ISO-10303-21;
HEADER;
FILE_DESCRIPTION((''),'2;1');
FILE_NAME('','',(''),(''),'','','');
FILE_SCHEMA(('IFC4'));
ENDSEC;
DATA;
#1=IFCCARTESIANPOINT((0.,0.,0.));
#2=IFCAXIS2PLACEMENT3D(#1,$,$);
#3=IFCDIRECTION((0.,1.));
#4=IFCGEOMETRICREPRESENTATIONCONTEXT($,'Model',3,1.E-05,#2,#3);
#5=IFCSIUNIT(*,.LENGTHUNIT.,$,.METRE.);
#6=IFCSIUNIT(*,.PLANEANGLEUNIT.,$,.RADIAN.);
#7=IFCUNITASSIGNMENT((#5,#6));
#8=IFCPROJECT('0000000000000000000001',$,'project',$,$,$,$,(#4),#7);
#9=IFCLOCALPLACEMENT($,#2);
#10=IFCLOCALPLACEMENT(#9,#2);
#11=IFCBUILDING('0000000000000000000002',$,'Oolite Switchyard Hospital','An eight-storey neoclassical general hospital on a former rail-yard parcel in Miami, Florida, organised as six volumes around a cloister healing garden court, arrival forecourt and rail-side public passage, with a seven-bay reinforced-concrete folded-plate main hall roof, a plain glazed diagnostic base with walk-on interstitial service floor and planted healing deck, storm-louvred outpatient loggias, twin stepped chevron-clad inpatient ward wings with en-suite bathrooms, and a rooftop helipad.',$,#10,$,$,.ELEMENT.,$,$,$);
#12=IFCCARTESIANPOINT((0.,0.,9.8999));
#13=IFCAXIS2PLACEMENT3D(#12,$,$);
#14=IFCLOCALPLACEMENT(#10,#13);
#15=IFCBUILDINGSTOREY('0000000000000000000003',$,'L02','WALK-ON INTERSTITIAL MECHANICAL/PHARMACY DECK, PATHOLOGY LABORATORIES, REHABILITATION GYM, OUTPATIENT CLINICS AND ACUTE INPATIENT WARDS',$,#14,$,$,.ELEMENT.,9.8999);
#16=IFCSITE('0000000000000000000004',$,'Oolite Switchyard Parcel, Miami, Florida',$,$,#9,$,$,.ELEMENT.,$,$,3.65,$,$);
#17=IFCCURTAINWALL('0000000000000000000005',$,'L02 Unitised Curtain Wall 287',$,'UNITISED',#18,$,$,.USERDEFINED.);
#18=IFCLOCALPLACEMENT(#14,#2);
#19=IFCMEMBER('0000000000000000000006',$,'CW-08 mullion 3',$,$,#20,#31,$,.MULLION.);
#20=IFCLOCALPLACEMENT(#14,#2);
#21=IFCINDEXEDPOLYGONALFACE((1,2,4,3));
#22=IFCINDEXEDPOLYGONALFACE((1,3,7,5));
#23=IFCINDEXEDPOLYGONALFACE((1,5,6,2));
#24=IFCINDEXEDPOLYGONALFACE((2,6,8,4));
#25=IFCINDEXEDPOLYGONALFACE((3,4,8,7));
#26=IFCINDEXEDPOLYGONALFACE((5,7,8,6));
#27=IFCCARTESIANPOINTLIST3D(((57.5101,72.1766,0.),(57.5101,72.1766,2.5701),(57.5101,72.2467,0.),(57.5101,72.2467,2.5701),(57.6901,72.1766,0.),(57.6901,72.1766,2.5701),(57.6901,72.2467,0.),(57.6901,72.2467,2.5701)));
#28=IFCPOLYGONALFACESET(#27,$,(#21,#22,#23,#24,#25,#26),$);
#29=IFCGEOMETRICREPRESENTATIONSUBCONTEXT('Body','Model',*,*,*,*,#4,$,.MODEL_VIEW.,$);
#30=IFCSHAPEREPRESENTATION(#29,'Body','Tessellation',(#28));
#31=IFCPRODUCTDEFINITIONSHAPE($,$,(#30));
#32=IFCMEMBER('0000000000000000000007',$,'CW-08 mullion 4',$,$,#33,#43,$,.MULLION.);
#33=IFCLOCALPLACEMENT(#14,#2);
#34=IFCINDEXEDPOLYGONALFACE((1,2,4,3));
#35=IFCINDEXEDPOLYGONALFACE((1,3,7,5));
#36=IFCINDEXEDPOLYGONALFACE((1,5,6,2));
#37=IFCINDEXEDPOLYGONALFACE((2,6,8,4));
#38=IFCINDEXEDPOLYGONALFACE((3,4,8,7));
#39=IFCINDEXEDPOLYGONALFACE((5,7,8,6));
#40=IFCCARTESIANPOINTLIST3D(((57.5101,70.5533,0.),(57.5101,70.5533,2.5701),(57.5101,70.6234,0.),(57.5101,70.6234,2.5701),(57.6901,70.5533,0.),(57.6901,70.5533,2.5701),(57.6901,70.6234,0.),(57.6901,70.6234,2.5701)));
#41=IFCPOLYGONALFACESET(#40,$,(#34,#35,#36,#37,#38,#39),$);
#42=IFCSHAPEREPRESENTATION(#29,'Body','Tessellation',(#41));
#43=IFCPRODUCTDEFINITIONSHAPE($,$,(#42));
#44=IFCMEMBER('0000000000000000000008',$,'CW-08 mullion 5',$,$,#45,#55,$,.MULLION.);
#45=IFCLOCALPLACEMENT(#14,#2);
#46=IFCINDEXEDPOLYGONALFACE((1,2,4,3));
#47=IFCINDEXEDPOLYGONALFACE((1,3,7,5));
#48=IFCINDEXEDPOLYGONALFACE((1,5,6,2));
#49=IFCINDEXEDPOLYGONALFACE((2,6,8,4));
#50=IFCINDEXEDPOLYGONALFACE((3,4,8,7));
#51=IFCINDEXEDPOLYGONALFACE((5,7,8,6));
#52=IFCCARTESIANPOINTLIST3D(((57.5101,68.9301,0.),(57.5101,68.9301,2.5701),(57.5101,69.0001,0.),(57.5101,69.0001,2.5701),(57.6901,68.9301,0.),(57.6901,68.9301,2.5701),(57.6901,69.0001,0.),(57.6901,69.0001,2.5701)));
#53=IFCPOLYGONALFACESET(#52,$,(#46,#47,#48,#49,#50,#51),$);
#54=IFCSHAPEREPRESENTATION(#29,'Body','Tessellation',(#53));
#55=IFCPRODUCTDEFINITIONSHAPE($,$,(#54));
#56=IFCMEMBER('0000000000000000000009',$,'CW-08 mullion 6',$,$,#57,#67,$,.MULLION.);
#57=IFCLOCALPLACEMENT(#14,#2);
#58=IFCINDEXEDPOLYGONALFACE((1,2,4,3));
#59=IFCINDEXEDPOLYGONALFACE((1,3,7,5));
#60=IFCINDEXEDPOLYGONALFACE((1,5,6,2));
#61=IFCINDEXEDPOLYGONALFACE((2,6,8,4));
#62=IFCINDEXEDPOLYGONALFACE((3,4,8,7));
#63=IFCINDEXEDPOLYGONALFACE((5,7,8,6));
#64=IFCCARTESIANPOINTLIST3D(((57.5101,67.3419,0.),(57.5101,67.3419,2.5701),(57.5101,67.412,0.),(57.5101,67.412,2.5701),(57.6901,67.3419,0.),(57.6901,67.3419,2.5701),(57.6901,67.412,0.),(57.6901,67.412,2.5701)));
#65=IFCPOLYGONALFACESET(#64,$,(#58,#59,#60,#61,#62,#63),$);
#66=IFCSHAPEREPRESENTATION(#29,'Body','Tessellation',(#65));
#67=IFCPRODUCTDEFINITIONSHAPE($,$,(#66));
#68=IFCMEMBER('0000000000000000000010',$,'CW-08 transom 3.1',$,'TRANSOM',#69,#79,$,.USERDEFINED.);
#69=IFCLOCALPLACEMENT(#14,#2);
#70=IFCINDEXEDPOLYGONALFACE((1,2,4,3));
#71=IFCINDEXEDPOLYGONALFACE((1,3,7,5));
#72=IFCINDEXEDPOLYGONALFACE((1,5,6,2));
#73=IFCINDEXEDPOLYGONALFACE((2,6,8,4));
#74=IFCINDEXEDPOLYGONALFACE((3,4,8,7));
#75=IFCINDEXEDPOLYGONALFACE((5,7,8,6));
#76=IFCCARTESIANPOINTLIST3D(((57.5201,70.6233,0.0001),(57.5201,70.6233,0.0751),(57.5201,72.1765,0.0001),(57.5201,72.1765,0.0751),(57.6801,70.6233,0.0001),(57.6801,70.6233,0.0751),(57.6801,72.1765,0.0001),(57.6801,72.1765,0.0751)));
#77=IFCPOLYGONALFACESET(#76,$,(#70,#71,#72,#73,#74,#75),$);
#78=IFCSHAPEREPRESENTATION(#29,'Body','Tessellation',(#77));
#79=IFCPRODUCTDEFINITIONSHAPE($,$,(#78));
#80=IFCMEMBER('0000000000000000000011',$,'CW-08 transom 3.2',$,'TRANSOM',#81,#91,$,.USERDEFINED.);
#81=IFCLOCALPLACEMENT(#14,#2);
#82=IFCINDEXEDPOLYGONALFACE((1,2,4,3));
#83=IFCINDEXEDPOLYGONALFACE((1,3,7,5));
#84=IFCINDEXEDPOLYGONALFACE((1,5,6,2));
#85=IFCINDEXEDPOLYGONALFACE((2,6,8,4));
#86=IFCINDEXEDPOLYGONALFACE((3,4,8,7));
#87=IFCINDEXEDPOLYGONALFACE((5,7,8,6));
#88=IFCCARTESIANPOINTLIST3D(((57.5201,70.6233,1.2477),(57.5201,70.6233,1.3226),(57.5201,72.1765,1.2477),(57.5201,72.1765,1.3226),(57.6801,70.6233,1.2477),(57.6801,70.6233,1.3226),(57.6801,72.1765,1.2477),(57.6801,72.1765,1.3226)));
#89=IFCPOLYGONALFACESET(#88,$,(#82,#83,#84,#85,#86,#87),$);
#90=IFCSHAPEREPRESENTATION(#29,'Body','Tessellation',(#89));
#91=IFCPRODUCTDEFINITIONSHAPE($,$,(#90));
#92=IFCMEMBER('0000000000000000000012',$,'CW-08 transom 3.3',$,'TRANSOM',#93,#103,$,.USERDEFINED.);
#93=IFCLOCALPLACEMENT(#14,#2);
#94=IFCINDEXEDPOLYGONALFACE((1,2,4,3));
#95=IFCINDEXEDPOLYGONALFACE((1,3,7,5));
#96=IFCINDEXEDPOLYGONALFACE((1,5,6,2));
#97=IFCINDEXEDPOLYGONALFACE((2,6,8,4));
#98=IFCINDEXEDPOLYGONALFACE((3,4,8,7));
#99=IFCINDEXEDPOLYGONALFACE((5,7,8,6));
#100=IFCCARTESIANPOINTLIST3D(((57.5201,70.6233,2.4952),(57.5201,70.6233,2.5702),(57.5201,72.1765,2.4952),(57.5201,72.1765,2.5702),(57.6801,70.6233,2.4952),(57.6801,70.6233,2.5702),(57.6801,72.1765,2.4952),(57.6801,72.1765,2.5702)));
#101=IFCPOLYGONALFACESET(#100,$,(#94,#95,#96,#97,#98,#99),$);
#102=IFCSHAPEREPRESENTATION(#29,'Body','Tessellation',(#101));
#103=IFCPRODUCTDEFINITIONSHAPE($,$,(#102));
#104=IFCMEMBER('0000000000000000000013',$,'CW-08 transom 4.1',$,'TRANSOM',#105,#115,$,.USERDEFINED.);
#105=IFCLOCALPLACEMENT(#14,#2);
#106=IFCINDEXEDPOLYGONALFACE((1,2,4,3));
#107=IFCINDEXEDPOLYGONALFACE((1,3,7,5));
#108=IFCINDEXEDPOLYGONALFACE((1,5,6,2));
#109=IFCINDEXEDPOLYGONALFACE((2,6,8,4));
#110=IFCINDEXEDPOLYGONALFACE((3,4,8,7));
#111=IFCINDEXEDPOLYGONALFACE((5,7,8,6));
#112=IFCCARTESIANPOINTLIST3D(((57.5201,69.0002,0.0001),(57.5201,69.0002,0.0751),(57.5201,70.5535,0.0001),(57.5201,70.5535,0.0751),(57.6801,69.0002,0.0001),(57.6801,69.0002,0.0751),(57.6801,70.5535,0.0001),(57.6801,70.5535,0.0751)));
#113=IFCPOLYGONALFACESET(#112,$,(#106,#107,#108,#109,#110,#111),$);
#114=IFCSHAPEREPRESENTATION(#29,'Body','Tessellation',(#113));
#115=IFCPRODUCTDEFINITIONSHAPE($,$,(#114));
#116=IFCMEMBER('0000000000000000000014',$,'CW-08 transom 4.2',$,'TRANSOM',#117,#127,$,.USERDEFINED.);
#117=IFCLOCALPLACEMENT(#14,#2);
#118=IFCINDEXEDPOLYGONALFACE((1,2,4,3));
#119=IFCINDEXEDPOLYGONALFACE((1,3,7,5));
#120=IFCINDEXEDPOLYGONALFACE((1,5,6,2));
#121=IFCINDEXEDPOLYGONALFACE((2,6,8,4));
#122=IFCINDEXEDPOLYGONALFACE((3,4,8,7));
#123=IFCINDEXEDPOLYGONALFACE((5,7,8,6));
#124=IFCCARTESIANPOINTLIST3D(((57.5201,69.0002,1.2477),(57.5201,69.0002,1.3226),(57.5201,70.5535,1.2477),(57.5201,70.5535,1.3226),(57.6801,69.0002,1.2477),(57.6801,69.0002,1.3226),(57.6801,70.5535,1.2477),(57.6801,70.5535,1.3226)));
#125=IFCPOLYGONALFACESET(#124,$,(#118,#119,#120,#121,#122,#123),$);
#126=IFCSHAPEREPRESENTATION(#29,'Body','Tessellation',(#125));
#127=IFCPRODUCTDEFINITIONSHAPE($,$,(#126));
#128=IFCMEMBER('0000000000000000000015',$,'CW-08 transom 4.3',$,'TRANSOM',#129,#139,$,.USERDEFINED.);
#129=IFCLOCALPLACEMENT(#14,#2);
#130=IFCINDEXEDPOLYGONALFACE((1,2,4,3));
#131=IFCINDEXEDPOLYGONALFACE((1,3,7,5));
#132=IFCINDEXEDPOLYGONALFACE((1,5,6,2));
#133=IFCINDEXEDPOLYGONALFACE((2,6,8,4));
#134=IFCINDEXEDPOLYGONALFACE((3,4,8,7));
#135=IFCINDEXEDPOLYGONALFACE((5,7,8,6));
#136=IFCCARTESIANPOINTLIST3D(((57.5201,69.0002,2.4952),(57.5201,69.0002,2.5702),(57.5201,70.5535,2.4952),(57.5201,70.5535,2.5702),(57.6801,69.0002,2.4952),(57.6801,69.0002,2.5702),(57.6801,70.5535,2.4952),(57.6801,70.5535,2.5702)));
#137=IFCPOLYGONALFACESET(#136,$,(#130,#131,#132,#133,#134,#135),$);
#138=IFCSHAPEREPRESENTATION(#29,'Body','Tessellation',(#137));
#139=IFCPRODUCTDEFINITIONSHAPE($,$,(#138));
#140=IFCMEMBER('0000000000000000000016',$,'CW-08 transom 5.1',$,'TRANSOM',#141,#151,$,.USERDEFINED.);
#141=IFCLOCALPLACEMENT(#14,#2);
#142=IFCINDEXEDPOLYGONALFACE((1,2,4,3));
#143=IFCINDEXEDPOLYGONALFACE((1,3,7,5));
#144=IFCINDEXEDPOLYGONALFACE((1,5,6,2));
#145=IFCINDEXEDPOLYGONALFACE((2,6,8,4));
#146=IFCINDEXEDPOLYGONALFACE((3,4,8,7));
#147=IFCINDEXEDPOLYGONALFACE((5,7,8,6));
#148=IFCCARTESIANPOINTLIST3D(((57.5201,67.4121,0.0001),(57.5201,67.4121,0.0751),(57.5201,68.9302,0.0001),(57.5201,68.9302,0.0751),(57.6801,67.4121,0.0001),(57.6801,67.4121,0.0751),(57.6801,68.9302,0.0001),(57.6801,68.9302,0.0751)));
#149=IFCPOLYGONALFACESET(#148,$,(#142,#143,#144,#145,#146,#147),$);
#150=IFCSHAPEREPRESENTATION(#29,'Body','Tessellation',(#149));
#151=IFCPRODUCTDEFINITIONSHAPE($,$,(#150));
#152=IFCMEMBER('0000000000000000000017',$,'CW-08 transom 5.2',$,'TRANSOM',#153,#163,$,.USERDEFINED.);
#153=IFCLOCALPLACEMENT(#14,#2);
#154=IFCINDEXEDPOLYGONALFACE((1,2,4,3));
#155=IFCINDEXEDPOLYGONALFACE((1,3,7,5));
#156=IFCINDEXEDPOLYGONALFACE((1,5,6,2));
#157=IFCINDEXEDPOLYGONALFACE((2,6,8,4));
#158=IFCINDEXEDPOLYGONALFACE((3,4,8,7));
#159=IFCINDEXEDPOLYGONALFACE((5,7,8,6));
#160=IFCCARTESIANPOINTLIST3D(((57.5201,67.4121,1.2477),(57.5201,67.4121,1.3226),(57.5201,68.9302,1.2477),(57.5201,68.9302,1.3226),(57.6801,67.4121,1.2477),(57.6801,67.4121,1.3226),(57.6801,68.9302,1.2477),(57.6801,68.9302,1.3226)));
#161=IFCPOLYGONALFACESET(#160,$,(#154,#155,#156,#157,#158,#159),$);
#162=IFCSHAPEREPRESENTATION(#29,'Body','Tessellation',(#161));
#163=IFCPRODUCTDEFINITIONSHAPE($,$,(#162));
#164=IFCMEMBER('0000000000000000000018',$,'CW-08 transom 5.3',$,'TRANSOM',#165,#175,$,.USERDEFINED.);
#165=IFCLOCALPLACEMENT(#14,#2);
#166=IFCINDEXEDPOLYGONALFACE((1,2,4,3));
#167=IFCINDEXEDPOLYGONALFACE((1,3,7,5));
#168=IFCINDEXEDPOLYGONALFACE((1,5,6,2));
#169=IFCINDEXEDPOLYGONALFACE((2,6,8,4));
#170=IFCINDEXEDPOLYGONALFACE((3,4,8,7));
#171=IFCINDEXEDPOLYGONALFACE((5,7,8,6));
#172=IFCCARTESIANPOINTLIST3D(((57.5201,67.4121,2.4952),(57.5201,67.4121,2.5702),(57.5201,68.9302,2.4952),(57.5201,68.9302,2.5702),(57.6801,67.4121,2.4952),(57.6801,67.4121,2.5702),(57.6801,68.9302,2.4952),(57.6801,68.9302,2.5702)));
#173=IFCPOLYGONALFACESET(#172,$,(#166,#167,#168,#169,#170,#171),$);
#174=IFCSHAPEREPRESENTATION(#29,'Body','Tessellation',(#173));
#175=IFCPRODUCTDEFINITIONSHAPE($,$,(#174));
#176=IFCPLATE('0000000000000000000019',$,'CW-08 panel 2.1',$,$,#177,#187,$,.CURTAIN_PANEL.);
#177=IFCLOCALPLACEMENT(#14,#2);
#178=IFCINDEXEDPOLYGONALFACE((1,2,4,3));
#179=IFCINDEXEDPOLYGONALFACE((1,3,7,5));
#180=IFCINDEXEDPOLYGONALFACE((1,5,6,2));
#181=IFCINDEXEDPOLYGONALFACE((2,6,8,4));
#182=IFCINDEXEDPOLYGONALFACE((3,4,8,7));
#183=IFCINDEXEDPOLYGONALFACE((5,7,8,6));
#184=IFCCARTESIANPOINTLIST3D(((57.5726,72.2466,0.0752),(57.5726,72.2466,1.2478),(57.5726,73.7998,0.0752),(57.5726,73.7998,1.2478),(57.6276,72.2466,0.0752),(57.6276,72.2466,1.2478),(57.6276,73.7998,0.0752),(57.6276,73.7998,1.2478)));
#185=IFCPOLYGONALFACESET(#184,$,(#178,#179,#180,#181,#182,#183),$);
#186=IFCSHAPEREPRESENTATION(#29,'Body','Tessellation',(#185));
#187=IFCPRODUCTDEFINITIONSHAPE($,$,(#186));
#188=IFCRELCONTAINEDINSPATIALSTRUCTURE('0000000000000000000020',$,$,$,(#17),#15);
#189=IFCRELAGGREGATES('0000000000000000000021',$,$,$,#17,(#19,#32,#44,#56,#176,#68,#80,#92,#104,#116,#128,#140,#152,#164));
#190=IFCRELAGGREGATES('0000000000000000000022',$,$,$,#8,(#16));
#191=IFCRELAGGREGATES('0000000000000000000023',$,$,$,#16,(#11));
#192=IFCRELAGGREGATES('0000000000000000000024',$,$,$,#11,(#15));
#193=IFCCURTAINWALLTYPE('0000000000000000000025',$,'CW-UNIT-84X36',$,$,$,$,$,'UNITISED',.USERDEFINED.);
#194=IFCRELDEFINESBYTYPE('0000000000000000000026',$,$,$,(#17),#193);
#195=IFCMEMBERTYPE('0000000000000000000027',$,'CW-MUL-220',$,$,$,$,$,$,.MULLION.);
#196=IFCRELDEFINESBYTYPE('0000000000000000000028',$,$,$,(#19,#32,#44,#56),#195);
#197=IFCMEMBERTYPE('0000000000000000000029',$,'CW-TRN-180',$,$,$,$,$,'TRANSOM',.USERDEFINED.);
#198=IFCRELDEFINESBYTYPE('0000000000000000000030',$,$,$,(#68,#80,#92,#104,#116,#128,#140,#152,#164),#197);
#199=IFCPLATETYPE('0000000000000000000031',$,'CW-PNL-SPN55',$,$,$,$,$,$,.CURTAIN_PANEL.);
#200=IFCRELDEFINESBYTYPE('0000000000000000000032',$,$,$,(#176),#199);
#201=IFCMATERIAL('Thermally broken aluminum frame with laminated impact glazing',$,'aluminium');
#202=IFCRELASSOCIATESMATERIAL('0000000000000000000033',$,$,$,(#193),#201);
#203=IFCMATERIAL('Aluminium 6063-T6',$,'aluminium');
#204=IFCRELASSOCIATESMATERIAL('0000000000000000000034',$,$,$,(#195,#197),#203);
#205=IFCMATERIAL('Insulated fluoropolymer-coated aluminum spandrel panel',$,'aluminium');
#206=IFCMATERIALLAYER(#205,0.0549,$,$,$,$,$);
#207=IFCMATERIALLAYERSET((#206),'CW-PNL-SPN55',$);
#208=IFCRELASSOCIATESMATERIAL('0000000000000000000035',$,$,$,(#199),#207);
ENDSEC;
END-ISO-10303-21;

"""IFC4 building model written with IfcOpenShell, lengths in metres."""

from ifc_helpers import new_model, si_unit, direction, frame, origin, origin_2d, place, context, subcontext, project, spatial, rectangle, extrude, material, layer, layer_set, material_profile, profile_set, type_object, element, aggregate, save


model = new_model("IFC4")

# Units and contexts
model_context = context("Model", 3, precision=1e-05, world=origin(), true_north=direction((0.0, 1.0)))
body_context = subcontext(model_context, "Body", "Model", "MODEL_VIEW")
ifc_project = project(units=[si_unit("LENGTHUNIT", "METRE"), si_unit("PLANEANGLEUNIT", "RADIAN")], contexts=[model_context])

# Site, building, storey
site_placement = place(None, origin())
site = spatial("IfcSite", under=ifc_project, at=site_placement, Name="Oolite Switchyard Parcel, Miami, Florida", CompositionType="ELEMENT", RefElevation=3.65)
building_placement = place(site_placement, origin())
building = spatial("IfcBuilding", under=site, at=building_placement, Name="Oolite Switchyard Hospital", Description="An eight-storey neoclassical general hospital on a former rail-yard parcel in Miami, Florida, organised as six volumes around a cloister healing garden court, arrival forecourt and rail-side public passage, with a seven-bay reinforced-concrete folded-plate main hall roof, a plain glazed diagnostic base with walk-on interstitial service floor and planted healing deck, storm-louvred outpatient loggias, twin stepped chevron-clad inpatient ward wings with en-suite bathrooms, and a rooftop helipad.", CompositionType="ELEMENT")
storey_placement = place(building_placement, frame((0.0, 0.0, 9.8999)))
storey = spatial("IfcBuildingStorey", under=building, at=storey_placement, Name="L02", Description="WALK-ON INTERSTITIAL MECHANICAL/PHARMACY DECK, PATHOLOGY LABORATORIES, REHABILITATION GYM, OUTPATIENT CLINICS AND ACUTE INPATIENT WARDS", CompositionType="ELEMENT", Elevation=9.8999)

# Curtain wall, members, plate
ifc_material_1 = material(Name="Thermally broken aluminum frame with laminated impact glazing", Category="aluminium")
curtain_wall_type = type_object("IfcCurtainWallType", Name="CW-UNIT-84X36", ElementType="UNITISED", PredefinedType="USERDEFINED", material=ifc_material_1)
curtain_wall_placement = place(storey_placement, origin())
curtain_wall = element("IfcCurtainWall", 1, at=curtain_wall_placement, inside=storey, type_object=curtain_wall_type, Name="L02 Unitised Curtain Wall 287", ObjectType="UNITISED", PredefinedType="USERDEFINED")
ifc_material_2 = material(Name="Aluminium 6063-T6", Category="aluminium")
ifc_material_profile_1 = material_profile(ifc_material_2, rectangle(XDim=0.1799, YDim=0.0701, at=origin_2d()), Name="CWM70X180")
ifc_profile_set_1 = profile_set([ifc_material_profile_1], Name="Aluminium 6063-T6")
member_type_1 = type_object("IfcMemberType", Name="CW-MUL-220", PredefinedType="MULLION", material=ifc_profile_set_1)
member_1_placement = place(storey_placement, frame((57.6001, 72.2117, 0.0), z_axis=(0.0, 0.0, 1.0), x_axis=(1.0, 0.0, 0.0)))
member_1 = element("IfcMember", 2, at=member_1_placement, type_object=member_type_1, Name="CW-08 mullion 3", PredefinedType="MULLION", context=body_context, shape_type="SweptSolid", body=[
    extrude(rectangle(XDim=0.1799, YDim=0.0701, at=origin_2d()), origin(), (0.0, 0.0, 1.0), 2.5701),
])
member_2_placement = place(storey_placement, frame((57.6001, 70.5884, 0.0), z_axis=(0.0, 0.0, 1.0), x_axis=(1.0, 0.0, 0.0)))
member_2 = element("IfcMember", 3, at=member_2_placement, type_object=member_type_1, Name="CW-08 mullion 4", PredefinedType="MULLION", context=body_context, shape_type="SweptSolid", body=[
    extrude(rectangle(XDim=0.1799, YDim=0.0701, at=origin_2d()), origin(), (0.0, 0.0, 1.0), 2.5701),
])
member_3_placement = place(storey_placement, frame((57.6001, 68.9651, 0.0), z_axis=(0.0, 0.0, 1.0), x_axis=(1.0, 0.0, 0.0)))
member_3 = element("IfcMember", 4, at=member_3_placement, type_object=member_type_1, Name="CW-08 mullion 5", PredefinedType="MULLION", context=body_context, shape_type="SweptSolid", body=[
    extrude(rectangle(XDim=0.1799, YDim=0.0701, at=origin_2d()), origin(), (0.0, 0.0, 1.0), 2.5701),
])
member_4_placement = place(storey_placement, frame((57.6001, 67.377, 0.0), z_axis=(0.0, 0.0, 1.0), x_axis=(1.0, 0.0, 0.0)))
member_4 = element("IfcMember", 5, at=member_4_placement, type_object=member_type_1, Name="CW-08 mullion 6", PredefinedType="MULLION", context=body_context, shape_type="SweptSolid", body=[
    extrude(rectangle(XDim=0.1799, YDim=0.0701, at=origin_2d()), origin(), (0.0, 0.0, 1.0), 2.5701),
])
ifc_material_profile_2 = material_profile(ifc_material_2, rectangle(XDim=0.1599, YDim=0.075, at=origin_2d()), Name="CWT75X160")
ifc_profile_set_2 = profile_set([ifc_material_profile_2], Name="Aluminium 6063-T6")
member_type_2 = type_object("IfcMemberType", Name="CW-TRN-180", ElementType="TRANSOM", PredefinedType="USERDEFINED", material=ifc_profile_set_2)
member_5_placement = place(storey_placement, frame((57.6001, 72.1765, 0.0376), z_axis=(0.0, -1.0, 0.0), x_axis=(1.0, 0.0, 0.0)))
member_5 = element("IfcMember", 6, at=member_5_placement, type_object=member_type_2, Name="CW-08 transom 3.1", ObjectType="TRANSOM", PredefinedType="USERDEFINED", context=body_context, shape_type="SweptSolid", body=[
    extrude(rectangle(XDim=0.1599, YDim=0.075, at=origin_2d()), origin(), (0.0, 0.0, 1.0), 1.5532),
])
member_6_placement = place(storey_placement, frame((57.6001, 72.1765, 1.2852), z_axis=(0.0, -1.0, 0.0), x_axis=(1.0, 0.0, 0.0)))
member_6 = element("IfcMember", 7, at=member_6_placement, type_object=member_type_2, Name="CW-08 transom 3.2", ObjectType="TRANSOM", PredefinedType="USERDEFINED", context=body_context, shape_type="SweptSolid", body=[
    extrude(rectangle(XDim=0.1599, YDim=0.075, at=origin_2d()), origin(), (0.0, 0.0, 1.0), 1.5532),
])
member_7_placement = place(storey_placement, frame((57.6001, 72.1765, 2.5327), z_axis=(0.0, -1.0, 0.0), x_axis=(1.0, 0.0, 0.0)))
member_7 = element("IfcMember", 8, at=member_7_placement, type_object=member_type_2, Name="CW-08 transom 3.3", ObjectType="TRANSOM", PredefinedType="USERDEFINED", context=body_context, shape_type="SweptSolid", body=[
    extrude(rectangle(XDim=0.1599, YDim=0.075, at=origin_2d()), origin(), (0.0, 0.0, 1.0), 1.5532),
])
member_8_placement = place(storey_placement, frame((57.6001, 70.5535, 0.0376), z_axis=(0.0, -1.0, 0.0), x_axis=(1.0, 0.0, 0.0)))
member_8 = element("IfcMember", 9, at=member_8_placement, type_object=member_type_2, Name="CW-08 transom 4.1", ObjectType="TRANSOM", PredefinedType="USERDEFINED", context=body_context, shape_type="SweptSolid", body=[
    extrude(rectangle(XDim=0.1599, YDim=0.075, at=origin_2d()), origin(), (0.0, 0.0, 1.0), 1.5532),
])
member_9_placement = place(storey_placement, frame((57.6001, 70.5535, 1.2852), z_axis=(0.0, -1.0, 0.0), x_axis=(1.0, 0.0, 0.0)))
member_9 = element("IfcMember", 10, at=member_9_placement, type_object=member_type_2, Name="CW-08 transom 4.2", ObjectType="TRANSOM", PredefinedType="USERDEFINED", context=body_context, shape_type="SweptSolid", body=[
    extrude(rectangle(XDim=0.1599, YDim=0.075, at=origin_2d()), origin(), (0.0, 0.0, 1.0), 1.5532),
])
member_10_placement = place(storey_placement, frame((57.6001, 70.5535, 2.5327), z_axis=(0.0, -1.0, 0.0), x_axis=(1.0, 0.0, 0.0)))
member_10 = element("IfcMember", 11, at=member_10_placement, type_object=member_type_2, Name="CW-08 transom 4.3", ObjectType="TRANSOM", PredefinedType="USERDEFINED", context=body_context, shape_type="SweptSolid", body=[
    extrude(rectangle(XDim=0.1599, YDim=0.075, at=origin_2d()), origin(), (0.0, 0.0, 1.0), 1.5532),
])
member_11_placement = place(storey_placement, frame((57.6001, 68.9302, 0.0376), z_axis=(0.0, -1.0, 0.0), x_axis=(1.0, 0.0, 0.0)))
member_11 = element("IfcMember", 12, at=member_11_placement, type_object=member_type_2, Name="CW-08 transom 5.1", ObjectType="TRANSOM", PredefinedType="USERDEFINED", context=body_context, shape_type="SweptSolid", body=[
    extrude(rectangle(XDim=0.1599, YDim=0.075, at=origin_2d()), origin(), (0.0, 0.0, 1.0), 1.5181),
])
member_12_placement = place(storey_placement, frame((57.6001, 68.9302, 1.2852), z_axis=(0.0, -1.0, 0.0), x_axis=(1.0, 0.0, 0.0)))
member_12 = element("IfcMember", 13, at=member_12_placement, type_object=member_type_2, Name="CW-08 transom 5.2", ObjectType="TRANSOM", PredefinedType="USERDEFINED", context=body_context, shape_type="SweptSolid", body=[
    extrude(rectangle(XDim=0.1599, YDim=0.075, at=origin_2d()), origin(), (0.0, 0.0, 1.0), 1.5181),
])
member_13_placement = place(storey_placement, frame((57.6001, 68.9302, 2.5327), z_axis=(0.0, -1.0, 0.0), x_axis=(1.0, 0.0, 0.0)))
member_13 = element("IfcMember", 14, at=member_13_placement, type_object=member_type_2, Name="CW-08 transom 5.3", ObjectType="TRANSOM", PredefinedType="USERDEFINED", context=body_context, shape_type="SweptSolid", body=[
    extrude(rectangle(XDim=0.1599, YDim=0.075, at=origin_2d()), origin(), (0.0, 0.0, 1.0), 1.5181),
])
ifc_material_3 = material(Name="Insulated fluoropolymer-coated aluminum spandrel panel", Category="aluminium")
ifc_layer = layer(ifc_material_3, 0.0549)
ifc_layer_set = layer_set([ifc_layer], Name="CW-PNL-SPN55")
plate_type = type_object("IfcPlateType", Name="CW-PNL-SPN55", PredefinedType="CURTAIN_PANEL", material=ifc_layer_set)
plate_1_placement = place(storey_placement, frame((57.6001, 73.0232, 0.0752), z_axis=(0.0, 0.0, 1.0), x_axis=(0.0, -1.0, 0.0)))
plate_1 = element("IfcPlate", 15, at=plate_1_placement, type_object=plate_type, Name="CW-08 panel 2.1", PredefinedType="CURTAIN_PANEL", context=body_context, shape_type="SweptSolid", body=[
    extrude(rectangle(XDim=1.5532, YDim=0.0549, at=origin_2d()), origin(), (0.0, 0.0, 1.0), 1.1726),
])
aggregate(curtain_wall, [member_1, member_2, member_3, member_4, plate_1, member_5, member_6, member_7, member_8, member_9, member_10, member_11, member_12, member_13])

save(model, "model.ifc")
